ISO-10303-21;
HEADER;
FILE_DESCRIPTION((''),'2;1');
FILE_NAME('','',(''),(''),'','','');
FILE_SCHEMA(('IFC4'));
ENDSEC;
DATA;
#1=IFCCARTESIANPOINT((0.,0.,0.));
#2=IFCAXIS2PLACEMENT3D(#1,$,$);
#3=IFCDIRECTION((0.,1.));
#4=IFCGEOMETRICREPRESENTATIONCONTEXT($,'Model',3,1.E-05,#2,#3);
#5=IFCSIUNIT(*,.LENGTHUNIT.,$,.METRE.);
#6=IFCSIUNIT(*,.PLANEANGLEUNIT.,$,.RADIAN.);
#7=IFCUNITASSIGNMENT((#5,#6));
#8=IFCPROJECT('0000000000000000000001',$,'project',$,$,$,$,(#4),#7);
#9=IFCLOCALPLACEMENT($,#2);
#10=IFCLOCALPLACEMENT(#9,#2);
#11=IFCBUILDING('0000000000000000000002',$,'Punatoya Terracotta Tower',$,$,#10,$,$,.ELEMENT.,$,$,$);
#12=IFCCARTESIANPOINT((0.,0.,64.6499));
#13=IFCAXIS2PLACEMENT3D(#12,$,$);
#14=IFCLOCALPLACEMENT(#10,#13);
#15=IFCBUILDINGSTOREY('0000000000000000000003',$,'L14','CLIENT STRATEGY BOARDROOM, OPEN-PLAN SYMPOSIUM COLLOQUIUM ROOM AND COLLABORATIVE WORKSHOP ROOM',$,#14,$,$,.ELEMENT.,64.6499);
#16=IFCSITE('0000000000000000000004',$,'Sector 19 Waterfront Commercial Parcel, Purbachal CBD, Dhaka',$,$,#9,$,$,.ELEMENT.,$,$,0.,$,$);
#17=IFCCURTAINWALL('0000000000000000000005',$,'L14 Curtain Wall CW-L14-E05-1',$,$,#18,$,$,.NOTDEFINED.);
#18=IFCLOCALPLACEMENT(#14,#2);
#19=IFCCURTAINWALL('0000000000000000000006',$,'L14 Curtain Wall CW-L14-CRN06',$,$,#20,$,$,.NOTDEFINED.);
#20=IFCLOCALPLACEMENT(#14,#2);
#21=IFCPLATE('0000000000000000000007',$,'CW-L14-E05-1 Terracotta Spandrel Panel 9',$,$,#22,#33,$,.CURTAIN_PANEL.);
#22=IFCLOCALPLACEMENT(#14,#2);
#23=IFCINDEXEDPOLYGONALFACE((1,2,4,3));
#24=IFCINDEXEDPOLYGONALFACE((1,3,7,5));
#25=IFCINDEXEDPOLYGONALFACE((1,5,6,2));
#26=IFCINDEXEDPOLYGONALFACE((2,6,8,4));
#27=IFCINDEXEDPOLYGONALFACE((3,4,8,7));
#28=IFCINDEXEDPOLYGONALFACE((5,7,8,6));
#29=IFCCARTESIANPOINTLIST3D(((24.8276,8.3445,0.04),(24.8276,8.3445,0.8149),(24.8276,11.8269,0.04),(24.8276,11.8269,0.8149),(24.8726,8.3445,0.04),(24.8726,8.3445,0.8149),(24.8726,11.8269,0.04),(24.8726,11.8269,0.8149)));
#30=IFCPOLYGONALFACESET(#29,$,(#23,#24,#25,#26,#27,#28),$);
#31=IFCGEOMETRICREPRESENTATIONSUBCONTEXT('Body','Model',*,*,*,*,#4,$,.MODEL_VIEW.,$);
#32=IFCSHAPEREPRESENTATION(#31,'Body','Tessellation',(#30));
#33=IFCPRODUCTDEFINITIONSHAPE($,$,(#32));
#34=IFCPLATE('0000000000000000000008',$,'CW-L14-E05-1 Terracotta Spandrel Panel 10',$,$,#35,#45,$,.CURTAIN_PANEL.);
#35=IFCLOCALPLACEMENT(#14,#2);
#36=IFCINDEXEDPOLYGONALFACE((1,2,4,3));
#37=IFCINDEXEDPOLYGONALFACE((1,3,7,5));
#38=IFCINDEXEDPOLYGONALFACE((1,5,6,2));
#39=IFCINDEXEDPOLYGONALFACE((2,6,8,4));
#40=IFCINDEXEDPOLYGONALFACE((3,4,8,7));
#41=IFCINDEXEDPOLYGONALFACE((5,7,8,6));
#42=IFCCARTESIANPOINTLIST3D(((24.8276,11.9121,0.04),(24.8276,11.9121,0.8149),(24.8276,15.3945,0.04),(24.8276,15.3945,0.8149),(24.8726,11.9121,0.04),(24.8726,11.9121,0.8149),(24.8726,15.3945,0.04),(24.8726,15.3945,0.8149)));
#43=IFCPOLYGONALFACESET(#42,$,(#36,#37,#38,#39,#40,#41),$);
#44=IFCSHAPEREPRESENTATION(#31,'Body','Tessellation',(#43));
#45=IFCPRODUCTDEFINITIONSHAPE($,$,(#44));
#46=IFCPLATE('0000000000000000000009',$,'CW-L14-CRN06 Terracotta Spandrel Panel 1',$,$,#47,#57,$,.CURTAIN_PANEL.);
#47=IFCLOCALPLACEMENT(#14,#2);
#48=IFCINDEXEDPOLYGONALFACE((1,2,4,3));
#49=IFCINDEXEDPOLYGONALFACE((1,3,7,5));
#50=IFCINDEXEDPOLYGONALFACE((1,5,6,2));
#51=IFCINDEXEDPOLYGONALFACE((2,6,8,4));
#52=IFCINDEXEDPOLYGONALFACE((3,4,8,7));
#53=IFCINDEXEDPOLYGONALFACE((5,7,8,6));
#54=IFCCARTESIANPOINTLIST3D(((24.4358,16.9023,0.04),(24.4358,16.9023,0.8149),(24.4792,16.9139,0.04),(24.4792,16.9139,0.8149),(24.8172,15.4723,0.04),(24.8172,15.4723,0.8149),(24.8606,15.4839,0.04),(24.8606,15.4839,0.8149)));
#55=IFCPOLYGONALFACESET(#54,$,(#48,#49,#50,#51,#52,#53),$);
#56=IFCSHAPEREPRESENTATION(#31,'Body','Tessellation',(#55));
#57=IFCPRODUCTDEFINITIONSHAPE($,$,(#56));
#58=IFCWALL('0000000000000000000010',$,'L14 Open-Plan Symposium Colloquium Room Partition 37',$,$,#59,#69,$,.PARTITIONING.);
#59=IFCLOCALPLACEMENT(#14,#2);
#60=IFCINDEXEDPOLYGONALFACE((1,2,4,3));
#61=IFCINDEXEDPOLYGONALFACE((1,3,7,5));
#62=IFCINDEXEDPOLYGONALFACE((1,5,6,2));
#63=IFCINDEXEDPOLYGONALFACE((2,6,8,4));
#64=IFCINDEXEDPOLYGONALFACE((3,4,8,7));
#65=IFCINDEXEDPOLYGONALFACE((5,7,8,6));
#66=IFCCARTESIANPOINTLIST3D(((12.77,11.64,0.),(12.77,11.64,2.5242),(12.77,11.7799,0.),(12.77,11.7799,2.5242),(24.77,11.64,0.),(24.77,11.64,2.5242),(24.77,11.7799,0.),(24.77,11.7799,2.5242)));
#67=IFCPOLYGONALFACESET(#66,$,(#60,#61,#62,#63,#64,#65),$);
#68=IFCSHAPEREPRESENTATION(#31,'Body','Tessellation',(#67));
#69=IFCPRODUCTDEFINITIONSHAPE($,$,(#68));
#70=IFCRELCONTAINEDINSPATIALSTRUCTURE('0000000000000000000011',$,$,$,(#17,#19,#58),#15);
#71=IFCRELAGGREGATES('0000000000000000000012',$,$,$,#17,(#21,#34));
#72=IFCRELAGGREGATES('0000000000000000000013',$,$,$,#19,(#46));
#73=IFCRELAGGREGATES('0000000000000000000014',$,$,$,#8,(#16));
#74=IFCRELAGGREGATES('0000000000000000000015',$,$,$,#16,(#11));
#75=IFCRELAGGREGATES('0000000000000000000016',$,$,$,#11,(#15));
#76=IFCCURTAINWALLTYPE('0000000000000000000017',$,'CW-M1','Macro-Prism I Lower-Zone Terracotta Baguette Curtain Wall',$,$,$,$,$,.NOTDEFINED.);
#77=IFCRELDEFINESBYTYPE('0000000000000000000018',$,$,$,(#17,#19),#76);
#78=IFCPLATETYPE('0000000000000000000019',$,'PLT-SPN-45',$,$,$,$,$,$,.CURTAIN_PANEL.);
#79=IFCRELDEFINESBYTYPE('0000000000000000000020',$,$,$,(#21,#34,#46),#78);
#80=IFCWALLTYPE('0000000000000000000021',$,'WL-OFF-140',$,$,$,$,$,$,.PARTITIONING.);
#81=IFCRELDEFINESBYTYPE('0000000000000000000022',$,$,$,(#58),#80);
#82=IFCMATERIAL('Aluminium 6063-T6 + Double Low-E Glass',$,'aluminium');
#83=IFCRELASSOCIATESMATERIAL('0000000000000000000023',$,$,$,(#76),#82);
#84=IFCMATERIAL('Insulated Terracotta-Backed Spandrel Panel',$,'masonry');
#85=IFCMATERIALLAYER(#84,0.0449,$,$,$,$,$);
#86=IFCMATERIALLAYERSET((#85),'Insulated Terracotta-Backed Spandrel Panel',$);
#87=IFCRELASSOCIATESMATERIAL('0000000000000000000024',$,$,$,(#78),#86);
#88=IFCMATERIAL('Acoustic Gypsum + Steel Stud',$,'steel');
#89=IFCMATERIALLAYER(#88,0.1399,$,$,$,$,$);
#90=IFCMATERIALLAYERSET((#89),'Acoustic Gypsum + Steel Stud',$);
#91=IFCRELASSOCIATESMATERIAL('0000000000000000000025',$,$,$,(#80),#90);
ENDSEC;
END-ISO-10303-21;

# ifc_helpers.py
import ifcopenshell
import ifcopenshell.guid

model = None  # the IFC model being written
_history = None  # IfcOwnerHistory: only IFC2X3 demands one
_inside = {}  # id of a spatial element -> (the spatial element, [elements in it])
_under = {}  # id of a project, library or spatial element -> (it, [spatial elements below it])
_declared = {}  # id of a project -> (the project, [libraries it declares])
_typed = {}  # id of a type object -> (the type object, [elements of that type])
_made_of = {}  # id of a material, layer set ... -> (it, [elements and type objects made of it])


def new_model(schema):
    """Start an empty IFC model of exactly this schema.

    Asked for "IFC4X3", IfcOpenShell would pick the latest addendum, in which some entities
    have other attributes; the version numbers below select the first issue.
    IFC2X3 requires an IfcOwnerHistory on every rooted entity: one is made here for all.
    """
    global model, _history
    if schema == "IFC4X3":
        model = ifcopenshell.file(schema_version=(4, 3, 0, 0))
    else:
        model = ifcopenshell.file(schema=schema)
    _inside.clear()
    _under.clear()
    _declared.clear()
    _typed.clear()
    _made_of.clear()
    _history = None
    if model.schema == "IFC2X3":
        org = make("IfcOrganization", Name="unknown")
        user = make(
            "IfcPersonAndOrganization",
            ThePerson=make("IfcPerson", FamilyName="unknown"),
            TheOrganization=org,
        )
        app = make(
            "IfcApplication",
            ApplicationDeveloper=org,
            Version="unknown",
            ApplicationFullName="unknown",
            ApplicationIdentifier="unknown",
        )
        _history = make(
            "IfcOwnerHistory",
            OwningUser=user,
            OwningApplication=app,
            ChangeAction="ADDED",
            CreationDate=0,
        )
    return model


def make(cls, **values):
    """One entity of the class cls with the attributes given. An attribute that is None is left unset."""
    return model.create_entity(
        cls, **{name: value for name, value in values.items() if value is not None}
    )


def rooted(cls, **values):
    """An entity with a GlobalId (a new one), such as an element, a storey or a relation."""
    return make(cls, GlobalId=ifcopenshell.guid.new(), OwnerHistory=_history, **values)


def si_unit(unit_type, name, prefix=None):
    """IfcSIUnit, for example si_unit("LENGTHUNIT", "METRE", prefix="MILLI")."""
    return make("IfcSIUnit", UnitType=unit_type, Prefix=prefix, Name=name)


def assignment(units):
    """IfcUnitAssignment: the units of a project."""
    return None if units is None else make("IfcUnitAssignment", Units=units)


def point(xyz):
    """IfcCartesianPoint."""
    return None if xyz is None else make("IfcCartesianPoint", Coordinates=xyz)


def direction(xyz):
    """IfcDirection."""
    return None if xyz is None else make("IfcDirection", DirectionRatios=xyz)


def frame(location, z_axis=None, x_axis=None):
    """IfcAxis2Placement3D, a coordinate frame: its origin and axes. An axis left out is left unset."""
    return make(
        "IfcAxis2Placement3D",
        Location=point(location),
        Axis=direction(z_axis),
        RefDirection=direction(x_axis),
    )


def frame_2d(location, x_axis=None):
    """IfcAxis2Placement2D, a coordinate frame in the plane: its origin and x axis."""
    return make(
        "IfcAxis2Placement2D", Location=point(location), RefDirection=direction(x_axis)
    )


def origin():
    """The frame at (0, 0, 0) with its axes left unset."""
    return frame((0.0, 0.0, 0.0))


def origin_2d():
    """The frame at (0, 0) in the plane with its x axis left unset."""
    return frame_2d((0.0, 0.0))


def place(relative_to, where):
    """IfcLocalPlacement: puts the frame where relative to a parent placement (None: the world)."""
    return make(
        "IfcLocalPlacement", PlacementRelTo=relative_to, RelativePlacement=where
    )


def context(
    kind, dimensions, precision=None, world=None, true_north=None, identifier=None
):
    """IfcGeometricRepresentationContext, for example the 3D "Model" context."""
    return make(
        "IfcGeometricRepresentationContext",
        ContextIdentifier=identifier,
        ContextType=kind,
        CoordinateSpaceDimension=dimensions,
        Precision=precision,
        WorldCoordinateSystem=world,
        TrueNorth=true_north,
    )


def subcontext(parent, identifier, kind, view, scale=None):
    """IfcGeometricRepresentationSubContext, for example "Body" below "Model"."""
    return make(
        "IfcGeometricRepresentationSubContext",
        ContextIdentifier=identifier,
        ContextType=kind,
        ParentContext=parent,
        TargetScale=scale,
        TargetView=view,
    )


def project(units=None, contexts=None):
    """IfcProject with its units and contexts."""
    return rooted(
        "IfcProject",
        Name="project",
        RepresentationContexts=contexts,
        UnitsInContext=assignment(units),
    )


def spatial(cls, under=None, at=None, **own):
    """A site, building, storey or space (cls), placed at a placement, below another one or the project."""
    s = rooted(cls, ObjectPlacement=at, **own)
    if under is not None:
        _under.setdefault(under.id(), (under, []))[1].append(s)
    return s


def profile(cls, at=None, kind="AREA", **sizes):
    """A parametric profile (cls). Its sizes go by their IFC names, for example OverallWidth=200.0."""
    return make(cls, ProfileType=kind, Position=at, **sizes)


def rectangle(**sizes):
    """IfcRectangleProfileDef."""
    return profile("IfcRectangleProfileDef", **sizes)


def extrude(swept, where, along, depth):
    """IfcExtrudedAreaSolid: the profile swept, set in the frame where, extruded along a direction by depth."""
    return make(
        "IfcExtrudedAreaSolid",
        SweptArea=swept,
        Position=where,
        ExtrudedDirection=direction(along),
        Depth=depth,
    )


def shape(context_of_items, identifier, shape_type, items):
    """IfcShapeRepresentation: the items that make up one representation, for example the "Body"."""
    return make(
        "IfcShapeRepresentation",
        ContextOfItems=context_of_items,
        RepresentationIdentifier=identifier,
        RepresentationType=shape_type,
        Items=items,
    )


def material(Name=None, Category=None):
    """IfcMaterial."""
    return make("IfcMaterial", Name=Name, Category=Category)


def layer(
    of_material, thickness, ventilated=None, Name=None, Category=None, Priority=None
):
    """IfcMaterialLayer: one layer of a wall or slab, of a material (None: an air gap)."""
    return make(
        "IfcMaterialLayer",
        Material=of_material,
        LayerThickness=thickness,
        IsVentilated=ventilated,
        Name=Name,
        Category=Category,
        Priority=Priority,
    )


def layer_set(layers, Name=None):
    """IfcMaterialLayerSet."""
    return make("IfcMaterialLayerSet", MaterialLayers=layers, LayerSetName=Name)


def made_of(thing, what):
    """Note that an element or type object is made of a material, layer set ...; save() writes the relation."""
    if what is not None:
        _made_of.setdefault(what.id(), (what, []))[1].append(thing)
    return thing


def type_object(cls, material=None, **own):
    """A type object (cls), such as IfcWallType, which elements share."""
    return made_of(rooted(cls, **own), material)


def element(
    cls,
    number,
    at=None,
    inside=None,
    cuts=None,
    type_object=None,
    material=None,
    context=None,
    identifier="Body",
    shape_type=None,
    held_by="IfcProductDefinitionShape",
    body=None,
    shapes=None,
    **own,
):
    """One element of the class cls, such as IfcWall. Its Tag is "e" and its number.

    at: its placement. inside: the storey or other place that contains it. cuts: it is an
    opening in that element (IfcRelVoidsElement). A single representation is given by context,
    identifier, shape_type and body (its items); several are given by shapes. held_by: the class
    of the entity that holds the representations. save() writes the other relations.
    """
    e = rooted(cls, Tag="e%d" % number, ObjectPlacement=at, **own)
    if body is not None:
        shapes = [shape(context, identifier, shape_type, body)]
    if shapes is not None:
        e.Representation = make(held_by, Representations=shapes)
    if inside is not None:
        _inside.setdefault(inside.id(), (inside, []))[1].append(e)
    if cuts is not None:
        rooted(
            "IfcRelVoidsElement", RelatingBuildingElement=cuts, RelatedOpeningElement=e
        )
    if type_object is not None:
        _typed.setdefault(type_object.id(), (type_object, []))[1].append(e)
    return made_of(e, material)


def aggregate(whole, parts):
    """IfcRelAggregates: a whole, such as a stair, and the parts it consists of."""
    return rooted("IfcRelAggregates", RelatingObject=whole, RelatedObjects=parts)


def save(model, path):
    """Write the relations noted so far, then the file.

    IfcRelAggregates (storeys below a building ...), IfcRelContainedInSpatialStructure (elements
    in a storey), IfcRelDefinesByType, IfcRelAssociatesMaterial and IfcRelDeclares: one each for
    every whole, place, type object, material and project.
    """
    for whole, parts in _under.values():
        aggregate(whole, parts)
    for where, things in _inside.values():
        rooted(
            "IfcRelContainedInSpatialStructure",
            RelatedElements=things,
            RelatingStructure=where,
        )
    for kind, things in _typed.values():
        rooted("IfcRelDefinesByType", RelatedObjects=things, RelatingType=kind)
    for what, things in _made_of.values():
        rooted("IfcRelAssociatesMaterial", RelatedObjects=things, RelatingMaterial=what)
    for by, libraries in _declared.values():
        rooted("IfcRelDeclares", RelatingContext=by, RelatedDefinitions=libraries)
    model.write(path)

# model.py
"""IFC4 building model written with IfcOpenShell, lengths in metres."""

from ifc_helpers import new_model, si_unit, direction, frame, frame_2d, origin, origin_2d, place, context, subcontext, project, spatial, rectangle, extrude, material, layer, layer_set, type_object, element, aggregate, save


model = new_model("IFC4")

# Units and contexts
model_context = context("Model", 3, precision=1e-05, world=origin(), true_north=direction((0.0, 1.0)))
body_context = subcontext(model_context, "Body", "Model", "MODEL_VIEW")
ifc_project = project(units=[si_unit("LENGTHUNIT", "METRE"), si_unit("PLANEANGLEUNIT", "RADIAN")], contexts=[model_context])

# Site, building, storey
site_placement = place(None, origin())
site = spatial("IfcSite", under=ifc_project, at=site_placement, Name="Sector 19 Waterfront Commercial Parcel, Purbachal CBD, Dhaka", CompositionType="ELEMENT", RefElevation=0.0)
building_placement = place(site_placement, origin())
building = spatial("IfcBuilding", under=site, at=building_placement, Name="Punatoya Terracotta Tower", CompositionType="ELEMENT")
storey_placement = place(building_placement, frame((0.0, 0.0, 64.6499)))
storey = spatial("IfcBuildingStorey", under=building, at=storey_placement, Name="L14", Description="CLIENT STRATEGY BOARDROOM, OPEN-PLAN SYMPOSIUM COLLOQUIUM ROOM AND COLLABORATIVE WORKSHOP ROOM", CompositionType="ELEMENT", Elevation=64.6499)

# Curtain walls
ifc_material_1 = material(Name="Aluminium 6063-T6 + Double Low-E Glass", Category="aluminium")
curtain_wall_type = type_object("IfcCurtainWallType", Name="CW-M1", Description="Macro-Prism I Lower-Zone Terracotta Baguette Curtain Wall", PredefinedType="NOTDEFINED", material=ifc_material_1)
curtain_wall_1_placement = place(storey_placement, origin())
curtain_wall_1 = element("IfcCurtainWall", 1, at=curtain_wall_1_placement, inside=storey, type_object=curtain_wall_type, Name="L14 Curtain Wall CW-L14-E05-1", PredefinedType="NOTDEFINED")
curtain_wall_2_placement = place(storey_placement, origin())
curtain_wall_2 = element("IfcCurtainWall", 2, at=curtain_wall_2_placement, inside=storey, type_object=curtain_wall_type, Name="L14 Curtain Wall CW-L14-CRN06", PredefinedType="NOTDEFINED")

# Plates
ifc_material_2 = material(Name="Insulated Terracotta-Backed Spandrel Panel", Category="masonry")
ifc_layer_1 = layer(ifc_material_2, 0.0449)
ifc_layer_set_1 = layer_set([ifc_layer_1], Name="Insulated Terracotta-Backed Spandrel Panel")
plate_type_1 = type_object("IfcPlateType", Name="PLT-SPN-45", PredefinedType="CURTAIN_PANEL", material=ifc_layer_set_1)
plate_1_placement = place(storey_placement, frame((24.8501, 10.0857, 0.04), z_axis=(0.0, 0.0, 1.0), x_axis=(0.0, 1.0, 0.0)))
plate_1 = element("IfcPlate", 3, at=plate_1_placement, type_object=plate_type_1, Name="CW-L14-E05-1 Terracotta Spandrel Panel 9", PredefinedType="CURTAIN_PANEL", context=body_context, shape_type="SweptSolid", body=[
    extrude(rectangle(XDim=3.4824, YDim=0.0449, at=origin_2d()), origin(), (0.0, 0.0, 1.0), 0.7749),
])
plate_2_placement = place(storey_placement, frame((24.8501, 13.6533, 0.04), z_axis=(0.0, 0.0, 1.0), x_axis=(0.0, 1.0, 0.0)))
plate_2 = element("IfcPlate", 4, at=plate_2_placement, type_object=plate_type_1, Name="CW-L14-E05-1 Terracotta Spandrel Panel 10", PredefinedType="CURTAIN_PANEL", context=body_context, shape_type="SweptSolid", body=[
    extrude(rectangle(XDim=3.4824, YDim=0.0449, at=origin_2d()), origin(), (0.0, 0.0, 1.0), 0.7749),
])
aggregate(curtain_wall_1, [plate_1, plate_2])
plate_3_placement = place(storey_placement, frame((24.6482, 16.1931, 0.04), z_axis=(0.0, 0.0, 1.0), x_axis=(-0.257742, 0.966214, 0.0)))
plate_3 = element("IfcPlate", 5, at=plate_3_placement, type_object=plate_type_1, Name="CW-L14-CRN06 Terracotta Spandrel Panel 1", PredefinedType="CURTAIN_PANEL", context=body_context, shape_type="SweptSolid", body=[
    extrude(rectangle(XDim=1.48, YDim=0.0449, at=origin_2d()), origin(), (0.0, 0.0, 1.0), 0.7749),
])
aggregate(curtain_wall_2, [plate_3])

# Wall
ifc_material_3 = material(Name="Acoustic Gypsum + Steel Stud", Category="steel")
ifc_layer_2 = layer(ifc_material_3, 0.1399)
ifc_layer_set_2 = layer_set([ifc_layer_2], Name="Acoustic Gypsum + Steel Stud")
wall_type = type_object("IfcWallType", Name="WL-OFF-140", PredefinedType="PARTITIONING", material=ifc_layer_set_2)
wall_placement = place(storey_placement, frame((24.77, 11.71, 0.0), z_axis=(0.0, 0.0, 1.0), x_axis=(-1.0, 0.0, 0.0)))
element("IfcWall", 6, at=wall_placement, inside=storey, type_object=wall_type, Name="L14 Open-Plan Symposium Colloquium Room Partition 37", PredefinedType="PARTITIONING", context=body_context, shape_type="SweptSolid", body=[
    extrude(rectangle(XDim=12.0, YDim=0.1399, at=frame_2d((6.0, 0.0))), origin(), (0.0, 0.0, 1.0), 2.5242),
])

save(model, "model.ifc")
